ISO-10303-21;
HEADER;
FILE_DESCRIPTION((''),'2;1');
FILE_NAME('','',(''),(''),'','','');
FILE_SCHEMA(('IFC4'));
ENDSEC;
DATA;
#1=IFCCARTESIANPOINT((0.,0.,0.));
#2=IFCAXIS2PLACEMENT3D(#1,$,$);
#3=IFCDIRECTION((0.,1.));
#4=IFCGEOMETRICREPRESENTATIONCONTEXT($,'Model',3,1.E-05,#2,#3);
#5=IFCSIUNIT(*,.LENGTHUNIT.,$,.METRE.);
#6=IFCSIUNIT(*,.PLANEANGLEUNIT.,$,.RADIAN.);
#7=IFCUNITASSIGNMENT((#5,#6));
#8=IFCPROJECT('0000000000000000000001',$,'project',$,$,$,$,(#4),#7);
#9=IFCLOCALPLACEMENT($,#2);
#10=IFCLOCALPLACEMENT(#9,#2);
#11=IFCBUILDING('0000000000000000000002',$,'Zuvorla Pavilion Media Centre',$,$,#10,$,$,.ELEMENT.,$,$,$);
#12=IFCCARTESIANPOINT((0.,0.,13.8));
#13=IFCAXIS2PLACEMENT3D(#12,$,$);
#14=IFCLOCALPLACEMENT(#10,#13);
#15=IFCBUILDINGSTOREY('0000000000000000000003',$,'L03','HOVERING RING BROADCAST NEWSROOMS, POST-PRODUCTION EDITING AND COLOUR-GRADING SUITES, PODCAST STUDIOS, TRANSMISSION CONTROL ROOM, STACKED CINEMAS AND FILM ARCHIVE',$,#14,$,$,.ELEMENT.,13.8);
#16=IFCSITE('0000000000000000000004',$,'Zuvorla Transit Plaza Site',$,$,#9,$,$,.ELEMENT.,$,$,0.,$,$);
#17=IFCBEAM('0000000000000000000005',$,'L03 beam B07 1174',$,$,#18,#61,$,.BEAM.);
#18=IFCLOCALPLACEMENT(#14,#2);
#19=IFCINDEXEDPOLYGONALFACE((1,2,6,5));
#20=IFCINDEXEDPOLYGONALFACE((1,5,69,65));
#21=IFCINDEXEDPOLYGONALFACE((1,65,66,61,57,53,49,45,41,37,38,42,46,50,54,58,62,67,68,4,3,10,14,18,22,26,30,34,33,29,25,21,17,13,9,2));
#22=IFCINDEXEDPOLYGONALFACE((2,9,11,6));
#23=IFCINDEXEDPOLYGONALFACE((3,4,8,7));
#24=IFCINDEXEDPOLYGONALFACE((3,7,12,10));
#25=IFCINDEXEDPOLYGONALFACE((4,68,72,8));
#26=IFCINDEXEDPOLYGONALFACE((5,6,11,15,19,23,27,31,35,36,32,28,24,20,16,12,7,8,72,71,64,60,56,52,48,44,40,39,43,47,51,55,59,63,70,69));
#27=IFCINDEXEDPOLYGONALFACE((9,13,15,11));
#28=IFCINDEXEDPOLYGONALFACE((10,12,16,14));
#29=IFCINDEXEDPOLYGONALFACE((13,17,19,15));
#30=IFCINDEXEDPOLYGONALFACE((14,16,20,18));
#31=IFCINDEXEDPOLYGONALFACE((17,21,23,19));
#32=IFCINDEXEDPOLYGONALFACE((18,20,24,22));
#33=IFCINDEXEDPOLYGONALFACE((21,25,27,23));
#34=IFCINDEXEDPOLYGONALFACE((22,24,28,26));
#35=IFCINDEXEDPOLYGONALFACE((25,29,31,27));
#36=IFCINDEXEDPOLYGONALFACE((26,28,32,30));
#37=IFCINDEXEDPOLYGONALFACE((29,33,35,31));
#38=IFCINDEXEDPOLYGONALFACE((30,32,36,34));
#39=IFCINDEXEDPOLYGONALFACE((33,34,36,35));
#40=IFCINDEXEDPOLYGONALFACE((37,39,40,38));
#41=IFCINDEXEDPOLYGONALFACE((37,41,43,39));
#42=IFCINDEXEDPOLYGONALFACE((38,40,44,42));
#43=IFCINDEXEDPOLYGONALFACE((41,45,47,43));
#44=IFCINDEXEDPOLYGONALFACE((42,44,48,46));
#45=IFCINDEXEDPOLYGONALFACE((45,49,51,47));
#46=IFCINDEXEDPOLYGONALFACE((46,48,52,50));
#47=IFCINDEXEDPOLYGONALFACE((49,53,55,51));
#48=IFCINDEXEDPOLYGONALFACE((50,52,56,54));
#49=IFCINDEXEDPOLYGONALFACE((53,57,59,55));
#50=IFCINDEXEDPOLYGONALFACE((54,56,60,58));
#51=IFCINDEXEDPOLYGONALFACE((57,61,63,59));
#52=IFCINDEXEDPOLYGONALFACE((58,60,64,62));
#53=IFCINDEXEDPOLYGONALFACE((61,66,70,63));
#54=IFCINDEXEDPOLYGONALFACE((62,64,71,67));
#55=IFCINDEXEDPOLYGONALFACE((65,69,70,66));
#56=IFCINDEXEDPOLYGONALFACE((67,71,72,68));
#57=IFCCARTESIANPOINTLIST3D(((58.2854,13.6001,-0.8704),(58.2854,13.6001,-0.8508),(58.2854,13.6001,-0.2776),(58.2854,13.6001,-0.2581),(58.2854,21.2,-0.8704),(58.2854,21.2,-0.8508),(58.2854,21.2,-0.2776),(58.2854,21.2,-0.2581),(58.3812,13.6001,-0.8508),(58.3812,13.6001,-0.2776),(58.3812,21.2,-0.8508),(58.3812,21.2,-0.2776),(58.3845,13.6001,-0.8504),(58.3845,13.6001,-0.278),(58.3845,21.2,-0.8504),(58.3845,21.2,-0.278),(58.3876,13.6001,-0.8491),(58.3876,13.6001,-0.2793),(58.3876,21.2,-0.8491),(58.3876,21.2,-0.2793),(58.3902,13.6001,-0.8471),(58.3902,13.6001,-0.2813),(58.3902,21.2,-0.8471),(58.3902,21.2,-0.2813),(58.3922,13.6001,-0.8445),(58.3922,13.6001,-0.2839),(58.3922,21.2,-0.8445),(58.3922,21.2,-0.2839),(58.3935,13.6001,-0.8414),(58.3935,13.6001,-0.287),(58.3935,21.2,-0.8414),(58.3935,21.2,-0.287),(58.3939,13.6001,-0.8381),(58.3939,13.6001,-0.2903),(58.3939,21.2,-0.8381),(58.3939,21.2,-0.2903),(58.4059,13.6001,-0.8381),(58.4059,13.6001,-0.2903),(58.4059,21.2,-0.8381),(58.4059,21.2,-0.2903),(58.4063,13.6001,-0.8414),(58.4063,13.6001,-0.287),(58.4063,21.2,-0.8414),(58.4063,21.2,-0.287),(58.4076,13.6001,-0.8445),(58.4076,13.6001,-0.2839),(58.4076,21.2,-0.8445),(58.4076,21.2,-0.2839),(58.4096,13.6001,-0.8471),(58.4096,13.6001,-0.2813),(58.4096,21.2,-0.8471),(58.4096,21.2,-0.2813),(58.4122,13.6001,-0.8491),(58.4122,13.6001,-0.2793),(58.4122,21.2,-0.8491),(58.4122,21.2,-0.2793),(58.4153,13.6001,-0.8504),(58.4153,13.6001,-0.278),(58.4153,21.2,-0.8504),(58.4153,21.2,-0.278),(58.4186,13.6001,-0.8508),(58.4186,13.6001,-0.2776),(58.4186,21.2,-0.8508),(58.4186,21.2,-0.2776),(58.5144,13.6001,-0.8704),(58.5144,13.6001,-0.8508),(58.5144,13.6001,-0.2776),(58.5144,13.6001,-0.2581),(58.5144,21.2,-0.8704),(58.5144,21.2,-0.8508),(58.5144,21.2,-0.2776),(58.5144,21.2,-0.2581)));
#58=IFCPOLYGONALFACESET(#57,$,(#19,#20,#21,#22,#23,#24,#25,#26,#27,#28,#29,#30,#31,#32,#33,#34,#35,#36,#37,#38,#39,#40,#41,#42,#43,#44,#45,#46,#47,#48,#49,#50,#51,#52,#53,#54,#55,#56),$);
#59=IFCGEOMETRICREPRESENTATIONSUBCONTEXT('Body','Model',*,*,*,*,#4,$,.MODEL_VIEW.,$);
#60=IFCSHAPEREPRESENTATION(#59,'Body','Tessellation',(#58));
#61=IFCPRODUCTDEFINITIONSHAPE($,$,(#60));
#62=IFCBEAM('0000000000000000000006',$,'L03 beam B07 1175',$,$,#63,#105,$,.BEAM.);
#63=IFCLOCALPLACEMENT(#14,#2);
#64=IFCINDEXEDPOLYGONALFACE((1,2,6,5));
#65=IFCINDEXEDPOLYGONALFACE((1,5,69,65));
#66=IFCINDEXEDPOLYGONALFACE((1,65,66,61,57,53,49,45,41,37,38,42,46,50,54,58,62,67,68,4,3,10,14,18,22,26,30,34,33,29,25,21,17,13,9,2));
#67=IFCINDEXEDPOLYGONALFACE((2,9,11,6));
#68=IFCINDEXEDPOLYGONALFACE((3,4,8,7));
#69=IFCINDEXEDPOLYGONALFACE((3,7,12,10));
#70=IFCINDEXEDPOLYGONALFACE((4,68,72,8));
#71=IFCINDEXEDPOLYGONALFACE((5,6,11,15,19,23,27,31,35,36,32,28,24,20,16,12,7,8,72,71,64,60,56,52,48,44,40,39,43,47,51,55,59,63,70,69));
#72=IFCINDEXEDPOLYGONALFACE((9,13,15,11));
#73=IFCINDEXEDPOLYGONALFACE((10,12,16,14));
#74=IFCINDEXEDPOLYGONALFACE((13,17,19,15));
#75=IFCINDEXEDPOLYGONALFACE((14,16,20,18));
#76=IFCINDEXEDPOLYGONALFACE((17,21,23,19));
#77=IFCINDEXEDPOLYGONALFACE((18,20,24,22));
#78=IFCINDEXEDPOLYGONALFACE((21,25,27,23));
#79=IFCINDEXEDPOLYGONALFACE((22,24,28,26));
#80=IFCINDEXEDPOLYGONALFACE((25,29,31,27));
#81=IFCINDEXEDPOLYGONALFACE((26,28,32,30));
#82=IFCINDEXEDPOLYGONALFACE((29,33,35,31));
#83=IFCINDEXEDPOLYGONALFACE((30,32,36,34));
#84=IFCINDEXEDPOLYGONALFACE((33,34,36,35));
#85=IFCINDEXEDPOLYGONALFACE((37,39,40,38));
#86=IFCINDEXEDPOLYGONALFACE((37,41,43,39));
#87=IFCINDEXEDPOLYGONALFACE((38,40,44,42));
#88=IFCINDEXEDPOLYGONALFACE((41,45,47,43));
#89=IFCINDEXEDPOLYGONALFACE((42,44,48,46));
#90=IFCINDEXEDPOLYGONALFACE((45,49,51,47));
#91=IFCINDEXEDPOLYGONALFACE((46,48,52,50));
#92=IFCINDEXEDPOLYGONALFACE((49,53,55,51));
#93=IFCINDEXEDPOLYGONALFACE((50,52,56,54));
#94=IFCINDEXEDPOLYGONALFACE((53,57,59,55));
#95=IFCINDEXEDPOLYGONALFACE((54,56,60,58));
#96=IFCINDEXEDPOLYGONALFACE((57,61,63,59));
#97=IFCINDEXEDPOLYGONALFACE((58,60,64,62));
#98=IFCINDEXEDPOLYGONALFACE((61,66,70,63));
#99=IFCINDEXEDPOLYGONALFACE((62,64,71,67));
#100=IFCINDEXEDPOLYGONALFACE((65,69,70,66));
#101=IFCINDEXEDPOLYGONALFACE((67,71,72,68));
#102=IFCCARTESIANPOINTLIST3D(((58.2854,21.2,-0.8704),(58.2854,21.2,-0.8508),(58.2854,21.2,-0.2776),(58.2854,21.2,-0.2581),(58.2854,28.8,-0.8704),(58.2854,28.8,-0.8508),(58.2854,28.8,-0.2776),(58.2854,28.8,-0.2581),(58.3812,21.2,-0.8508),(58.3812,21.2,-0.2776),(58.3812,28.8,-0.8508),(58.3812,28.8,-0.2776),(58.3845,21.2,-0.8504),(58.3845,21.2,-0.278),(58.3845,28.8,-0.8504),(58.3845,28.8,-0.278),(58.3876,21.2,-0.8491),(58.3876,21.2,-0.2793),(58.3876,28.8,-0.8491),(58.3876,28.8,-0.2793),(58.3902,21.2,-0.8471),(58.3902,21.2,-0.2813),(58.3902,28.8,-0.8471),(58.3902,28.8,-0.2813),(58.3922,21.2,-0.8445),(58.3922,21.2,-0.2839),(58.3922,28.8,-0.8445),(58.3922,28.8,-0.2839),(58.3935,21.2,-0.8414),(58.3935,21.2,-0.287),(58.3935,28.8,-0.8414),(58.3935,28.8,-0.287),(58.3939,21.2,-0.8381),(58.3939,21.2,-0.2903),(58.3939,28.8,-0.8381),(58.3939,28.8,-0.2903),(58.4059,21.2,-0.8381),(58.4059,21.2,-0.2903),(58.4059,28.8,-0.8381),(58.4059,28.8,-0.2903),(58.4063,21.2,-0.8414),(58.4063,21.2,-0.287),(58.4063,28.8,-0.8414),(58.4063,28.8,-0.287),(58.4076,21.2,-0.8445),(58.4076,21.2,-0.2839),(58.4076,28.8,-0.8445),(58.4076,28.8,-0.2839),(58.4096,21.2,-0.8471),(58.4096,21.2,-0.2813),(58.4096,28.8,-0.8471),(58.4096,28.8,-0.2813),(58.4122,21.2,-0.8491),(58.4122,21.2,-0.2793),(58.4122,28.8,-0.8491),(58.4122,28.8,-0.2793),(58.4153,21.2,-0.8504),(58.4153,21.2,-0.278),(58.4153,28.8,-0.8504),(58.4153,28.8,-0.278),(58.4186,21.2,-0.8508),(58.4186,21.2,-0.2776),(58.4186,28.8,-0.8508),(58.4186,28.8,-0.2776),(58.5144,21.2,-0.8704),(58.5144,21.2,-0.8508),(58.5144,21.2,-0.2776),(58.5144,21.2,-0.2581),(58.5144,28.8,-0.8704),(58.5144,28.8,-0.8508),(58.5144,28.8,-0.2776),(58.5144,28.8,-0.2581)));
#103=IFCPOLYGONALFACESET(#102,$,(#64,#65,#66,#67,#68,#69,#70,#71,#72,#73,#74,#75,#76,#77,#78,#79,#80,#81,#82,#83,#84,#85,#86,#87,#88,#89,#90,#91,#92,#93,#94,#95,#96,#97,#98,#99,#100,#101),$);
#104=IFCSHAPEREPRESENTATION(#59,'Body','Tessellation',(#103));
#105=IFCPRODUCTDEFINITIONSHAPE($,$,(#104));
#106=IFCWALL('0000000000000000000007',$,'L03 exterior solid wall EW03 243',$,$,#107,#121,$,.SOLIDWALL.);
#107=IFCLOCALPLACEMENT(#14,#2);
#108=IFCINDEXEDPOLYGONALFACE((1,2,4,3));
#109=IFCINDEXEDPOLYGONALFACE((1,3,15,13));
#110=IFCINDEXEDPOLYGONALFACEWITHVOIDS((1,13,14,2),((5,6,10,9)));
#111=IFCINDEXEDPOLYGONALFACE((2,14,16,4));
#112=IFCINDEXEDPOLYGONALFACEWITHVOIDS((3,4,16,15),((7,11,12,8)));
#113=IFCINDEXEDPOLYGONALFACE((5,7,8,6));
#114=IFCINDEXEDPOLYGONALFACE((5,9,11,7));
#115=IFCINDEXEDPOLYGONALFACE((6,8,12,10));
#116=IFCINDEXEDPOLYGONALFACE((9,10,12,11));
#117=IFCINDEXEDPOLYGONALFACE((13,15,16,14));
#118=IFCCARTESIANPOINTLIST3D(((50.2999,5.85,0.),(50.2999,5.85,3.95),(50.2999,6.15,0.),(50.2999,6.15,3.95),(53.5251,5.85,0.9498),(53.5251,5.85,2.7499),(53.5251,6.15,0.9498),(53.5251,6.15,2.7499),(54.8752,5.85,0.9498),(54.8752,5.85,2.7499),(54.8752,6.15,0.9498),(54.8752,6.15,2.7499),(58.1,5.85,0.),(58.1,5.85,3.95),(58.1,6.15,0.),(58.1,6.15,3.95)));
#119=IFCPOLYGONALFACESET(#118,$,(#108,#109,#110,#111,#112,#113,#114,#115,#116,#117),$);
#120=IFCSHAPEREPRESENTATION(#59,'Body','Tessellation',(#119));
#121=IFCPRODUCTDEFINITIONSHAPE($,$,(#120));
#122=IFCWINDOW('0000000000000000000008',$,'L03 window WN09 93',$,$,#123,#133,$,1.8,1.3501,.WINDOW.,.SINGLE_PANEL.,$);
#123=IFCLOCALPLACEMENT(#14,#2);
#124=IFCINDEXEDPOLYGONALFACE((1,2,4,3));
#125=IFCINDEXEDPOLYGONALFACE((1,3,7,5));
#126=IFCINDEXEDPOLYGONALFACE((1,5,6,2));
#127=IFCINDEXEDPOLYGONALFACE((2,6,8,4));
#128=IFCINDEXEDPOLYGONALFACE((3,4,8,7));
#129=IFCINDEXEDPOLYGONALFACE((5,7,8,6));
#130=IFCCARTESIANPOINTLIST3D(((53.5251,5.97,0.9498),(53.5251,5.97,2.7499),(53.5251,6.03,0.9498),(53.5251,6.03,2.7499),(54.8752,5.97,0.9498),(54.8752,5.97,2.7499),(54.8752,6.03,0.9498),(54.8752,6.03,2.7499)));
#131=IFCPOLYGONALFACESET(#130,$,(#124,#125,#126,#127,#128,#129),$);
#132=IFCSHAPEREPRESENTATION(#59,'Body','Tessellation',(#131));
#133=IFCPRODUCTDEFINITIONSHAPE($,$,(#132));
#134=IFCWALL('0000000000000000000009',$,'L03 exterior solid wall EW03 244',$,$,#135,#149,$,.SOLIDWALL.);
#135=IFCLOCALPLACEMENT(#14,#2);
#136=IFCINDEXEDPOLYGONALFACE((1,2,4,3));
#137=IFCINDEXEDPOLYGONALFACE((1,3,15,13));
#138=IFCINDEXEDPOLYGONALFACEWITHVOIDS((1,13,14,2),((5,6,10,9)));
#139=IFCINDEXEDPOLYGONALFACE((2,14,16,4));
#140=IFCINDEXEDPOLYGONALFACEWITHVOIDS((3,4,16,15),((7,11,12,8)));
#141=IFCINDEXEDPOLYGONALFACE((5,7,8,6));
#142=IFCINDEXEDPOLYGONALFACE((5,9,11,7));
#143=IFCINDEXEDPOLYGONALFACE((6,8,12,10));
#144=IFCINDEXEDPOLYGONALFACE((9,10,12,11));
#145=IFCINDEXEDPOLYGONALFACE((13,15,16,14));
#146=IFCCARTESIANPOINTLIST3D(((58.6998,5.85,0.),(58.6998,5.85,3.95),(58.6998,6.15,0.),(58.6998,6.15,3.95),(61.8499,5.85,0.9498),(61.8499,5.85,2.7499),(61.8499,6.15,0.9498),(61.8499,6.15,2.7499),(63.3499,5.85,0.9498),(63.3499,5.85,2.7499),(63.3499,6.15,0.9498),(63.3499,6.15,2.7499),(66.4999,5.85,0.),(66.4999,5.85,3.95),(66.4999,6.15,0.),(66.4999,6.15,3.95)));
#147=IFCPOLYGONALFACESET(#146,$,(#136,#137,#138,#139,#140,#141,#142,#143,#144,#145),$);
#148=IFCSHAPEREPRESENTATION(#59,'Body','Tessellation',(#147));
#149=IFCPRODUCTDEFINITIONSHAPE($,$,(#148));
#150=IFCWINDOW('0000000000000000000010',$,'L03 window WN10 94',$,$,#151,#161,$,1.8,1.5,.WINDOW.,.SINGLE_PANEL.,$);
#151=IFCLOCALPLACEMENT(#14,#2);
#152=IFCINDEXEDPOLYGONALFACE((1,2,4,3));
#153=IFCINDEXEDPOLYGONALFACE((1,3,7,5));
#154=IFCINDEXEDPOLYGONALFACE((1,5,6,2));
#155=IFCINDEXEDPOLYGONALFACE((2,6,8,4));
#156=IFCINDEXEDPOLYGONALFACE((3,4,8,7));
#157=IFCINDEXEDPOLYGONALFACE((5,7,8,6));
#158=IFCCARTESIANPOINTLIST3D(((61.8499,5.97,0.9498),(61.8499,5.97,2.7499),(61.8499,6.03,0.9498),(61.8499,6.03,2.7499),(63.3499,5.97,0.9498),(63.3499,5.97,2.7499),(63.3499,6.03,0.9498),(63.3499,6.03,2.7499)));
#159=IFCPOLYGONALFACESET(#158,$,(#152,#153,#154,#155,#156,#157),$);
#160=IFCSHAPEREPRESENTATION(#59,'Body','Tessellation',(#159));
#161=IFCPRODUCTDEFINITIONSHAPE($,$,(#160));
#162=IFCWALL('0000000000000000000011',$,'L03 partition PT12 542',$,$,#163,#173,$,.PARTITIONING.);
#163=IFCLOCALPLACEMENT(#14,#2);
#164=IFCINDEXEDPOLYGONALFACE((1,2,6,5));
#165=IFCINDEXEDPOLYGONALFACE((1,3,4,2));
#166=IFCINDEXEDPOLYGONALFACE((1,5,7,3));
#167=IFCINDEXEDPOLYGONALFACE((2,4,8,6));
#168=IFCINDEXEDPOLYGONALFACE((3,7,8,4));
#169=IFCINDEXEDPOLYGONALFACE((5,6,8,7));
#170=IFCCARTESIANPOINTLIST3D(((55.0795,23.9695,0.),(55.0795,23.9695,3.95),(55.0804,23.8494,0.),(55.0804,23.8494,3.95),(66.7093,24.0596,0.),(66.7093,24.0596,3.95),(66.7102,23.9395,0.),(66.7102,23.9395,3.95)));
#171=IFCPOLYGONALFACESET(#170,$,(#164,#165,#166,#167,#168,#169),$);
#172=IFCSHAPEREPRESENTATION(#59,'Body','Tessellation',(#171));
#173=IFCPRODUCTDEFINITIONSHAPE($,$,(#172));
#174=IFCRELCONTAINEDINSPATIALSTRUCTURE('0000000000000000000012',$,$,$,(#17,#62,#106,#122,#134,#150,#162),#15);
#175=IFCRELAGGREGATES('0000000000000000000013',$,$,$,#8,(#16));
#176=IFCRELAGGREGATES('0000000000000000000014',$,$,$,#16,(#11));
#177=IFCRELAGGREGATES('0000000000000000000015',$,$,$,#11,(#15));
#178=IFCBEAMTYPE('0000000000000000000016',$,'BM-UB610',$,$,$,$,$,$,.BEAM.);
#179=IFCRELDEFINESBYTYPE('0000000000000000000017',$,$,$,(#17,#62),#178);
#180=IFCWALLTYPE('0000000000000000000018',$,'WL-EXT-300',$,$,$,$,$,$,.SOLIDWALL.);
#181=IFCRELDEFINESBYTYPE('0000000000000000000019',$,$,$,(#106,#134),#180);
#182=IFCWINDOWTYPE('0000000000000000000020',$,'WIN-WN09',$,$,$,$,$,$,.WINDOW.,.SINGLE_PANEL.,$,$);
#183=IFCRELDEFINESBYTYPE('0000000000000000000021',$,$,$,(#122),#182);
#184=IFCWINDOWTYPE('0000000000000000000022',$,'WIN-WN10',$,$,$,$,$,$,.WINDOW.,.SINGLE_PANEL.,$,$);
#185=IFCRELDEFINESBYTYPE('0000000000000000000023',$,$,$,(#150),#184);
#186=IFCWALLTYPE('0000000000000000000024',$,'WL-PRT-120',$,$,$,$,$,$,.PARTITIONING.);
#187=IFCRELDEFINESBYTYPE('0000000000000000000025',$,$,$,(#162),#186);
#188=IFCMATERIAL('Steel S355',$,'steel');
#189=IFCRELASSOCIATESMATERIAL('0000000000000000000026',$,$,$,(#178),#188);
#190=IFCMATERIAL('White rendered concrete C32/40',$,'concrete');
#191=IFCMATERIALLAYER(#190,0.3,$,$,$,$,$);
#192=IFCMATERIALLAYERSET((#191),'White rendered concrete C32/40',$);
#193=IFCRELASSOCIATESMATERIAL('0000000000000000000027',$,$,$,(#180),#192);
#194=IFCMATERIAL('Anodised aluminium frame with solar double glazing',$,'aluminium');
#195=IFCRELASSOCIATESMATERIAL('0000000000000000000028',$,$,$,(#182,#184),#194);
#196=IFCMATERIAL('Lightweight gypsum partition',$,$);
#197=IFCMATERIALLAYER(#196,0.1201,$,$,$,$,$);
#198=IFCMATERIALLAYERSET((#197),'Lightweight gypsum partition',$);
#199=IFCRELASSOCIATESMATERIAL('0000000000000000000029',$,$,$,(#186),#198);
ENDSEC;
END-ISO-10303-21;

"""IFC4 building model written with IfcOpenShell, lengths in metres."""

from ifc_helpers import new_model, si_unit, direction, frame, frame_2d, origin, origin_2d, place, context, subcontext, project, spatial, rectangle, i_section, extrude, material, layer, layer_set, material_profile, profile_set, type_object, element, fill, save


model = new_model("IFC4")

# Units and contexts
model_context = context("Model", 3, precision=1e-05, world=origin(), true_north=direction((0.0, 1.0)))
body_context = subcontext(model_context, "Body", "Model", "MODEL_VIEW")
ifc_project = project(units=[si_unit("LENGTHUNIT", "METRE"), si_unit("PLANEANGLEUNIT", "RADIAN")], contexts=[model_context])

# Site, building, storey
site_placement = place(None, origin())
site = spatial("IfcSite", under=ifc_project, at=site_placement, Name="Zuvorla Transit Plaza Site", CompositionType="ELEMENT", RefElevation=0.0)
building_placement = place(site_placement, origin())
building = spatial("IfcBuilding", under=site, at=building_placement, Name="Zuvorla Pavilion Media Centre", CompositionType="ELEMENT")
storey_placement = place(building_placement, frame((0.0, 0.0, 13.8)))
storey = spatial("IfcBuildingStorey", under=building, at=storey_placement, Name="L03", Description="HOVERING RING BROADCAST NEWSROOMS, POST-PRODUCTION EDITING AND COLOUR-GRADING SUITES, PODCAST STUDIOS, TRANSMISSION CONTROL ROOM, STACKED CINEMAS AND FILM ARCHIVE", CompositionType="ELEMENT", Elevation=13.8)

# Beams
ifc_material_1 = material(Name="Steel S355", Category="steel")
ifc_material_profile_1 = material_profile(ifc_material_1, i_section(OverallWidth=0.229, OverallDepth=0.6123, WebThickness=0.012, FlangeThickness=0.0195, FilletRadius=0.0127, at=origin_2d()), Name="UB 610x229x125")
ifc_profile_set_1 = profile_set([ifc_material_profile_1], Name="Steel S355")
beam_type_1 = type_object("IfcBeamType", Name="BM-UB610", PredefinedType="BEAM", material=ifc_profile_set_1)
beam_1_placement = place(storey_placement, frame((58.3999, 13.6001, -0.5642), z_axis=(0.0, 1.0, 0.0), x_axis=(-1.0, 0.0, 0.0)))
element("IfcBeam", 1, at=beam_1_placement, inside=storey, type_object=beam_type_1, Name="L03 beam B07 1174", PredefinedType="BEAM", context=body_context, shape_type="SweptSolid", body=[
    extrude(i_section(OverallWidth=0.229, OverallDepth=0.6123, WebThickness=0.012, FlangeThickness=0.0195, FilletRadius=0.0127, at=origin_2d()), origin(), (0.0, 0.0, 1.0), 7.5999),
])
beam_2_placement = place(storey_placement, frame((58.3999, 21.2, -0.5642), z_axis=(0.0, 1.0, 0.0), x_axis=(-1.0, 0.0, 0.0)))
element("IfcBeam", 2, at=beam_2_placement, inside=storey, type_object=beam_type_1, Name="L03 beam B07 1175", PredefinedType="BEAM", context=body_context, shape_type="SweptSolid", body=[
    extrude(i_section(OverallWidth=0.229, OverallDepth=0.6123, WebThickness=0.012, FlangeThickness=0.0195, FilletRadius=0.0127, at=origin_2d()), origin(), (0.0, 0.0, 1.0), 7.6001),
])

# Walls, openings, windows
ifc_material_2 = material(Name="White rendered concrete C32/40", Category="concrete")
ifc_layer_1 = layer(ifc_material_2, 0.3)
ifc_layer_set_1 = layer_set([ifc_layer_1], Name="White rendered concrete C32/40")
wall_type_1 = type_object("IfcWallType", Name="WL-EXT-300", PredefinedType="SOLIDWALL", material=ifc_layer_set_1)
wall_1_placement = place(storey_placement, frame((50.3, 6.0, 0.0), z_axis=(0.0, 0.0, 1.0), x_axis=(1.0, 0.0, 0.0)))
wall_1 = element("IfcWall", 3, at=wall_1_placement, inside=storey, type_object=wall_type_1, Name="L03 exterior solid wall EW03 243", PredefinedType="SOLIDWALL", context=body_context, shape_type="SweptSolid", body=[
    extrude(rectangle(XDim=7.8, YDim=0.3, at=frame_2d((3.8999, 0.0))), origin(), (0.0, 0.0, 1.0), 3.95),
])
opening_1_placement = place(wall_1_placement, frame((3.2251, 0.0, 0.95)))
opening_1 = element("IfcOpeningElement", 4, at=opening_1_placement, cuts=wall_1, PredefinedType="OPENING", context=body_context, shape_type="SweptSolid", body=[
    extrude(rectangle(XDim=1.3501, YDim=1.8, at=frame_2d((0.675, 0.8999))), frame((0.0, 0.1599, 0.0), z_axis=(0.0, -1.0, 0.0), x_axis=(1.0, 0.0, 0.0)), (0.0, 0.0, 1.0), 0.3201),
])
ifc_material_3 = material(Name="Anodised aluminium frame with solar double glazing", Category="aluminium")
window_type_1 = type_object("IfcWindowType", Name="WIN-WN09", PartitioningType="SINGLE_PANEL", PredefinedType="WINDOW", material=ifc_material_3)
window_1_placement = place(opening_1_placement, origin())
window_1 = element("IfcWindow", 5, at=window_1_placement, inside=storey, type_object=window_type_1, Name="L03 window WN09 93", OverallHeight=1.8, OverallWidth=1.3501, PartitioningType="SINGLE_PANEL", PredefinedType="WINDOW", context=body_context, shape_type="SweptSolid", body=[
    extrude(rectangle(XDim=1.3501, YDim=1.8, at=frame_2d((0.675, 0.8999))), frame((0.0, 0.03, 0.0), z_axis=(0.0, -1.0, 0.0), x_axis=(1.0, 0.0, 0.0)), (0.0, 0.0, 1.0), 0.0601),
])
fill(opening_1, window_1)
wall_2_placement = place(storey_placement, frame((58.7, 6.0, 0.0), z_axis=(0.0, 0.0, 1.0), x_axis=(1.0, 0.0, 0.0)))
wall_2 = element("IfcWall", 6, at=wall_2_placement, inside=storey, type_object=wall_type_1, Name="L03 exterior solid wall EW03 244", PredefinedType="SOLIDWALL", context=body_context, shape_type="SweptSolid", body=[
    extrude(rectangle(XDim=7.8, YDim=0.3, at=frame_2d((3.8999, 0.0))), origin(), (0.0, 0.0, 1.0), 3.95),
])
opening_2_placement = place(wall_2_placement, frame((3.1499, 0.0, 0.95)))
opening_2 = element("IfcOpeningElement", 7, at=opening_2_placement, cuts=wall_2, PredefinedType="OPENING", context=body_context, shape_type="SweptSolid", body=[
    extrude(rectangle(XDim=1.5, YDim=1.8, at=frame_2d((0.75, 0.8999))), frame((0.0, 0.1599, 0.0), z_axis=(0.0, -1.0, 0.0), x_axis=(1.0, 0.0, 0.0)), (0.0, 0.0, 1.0), 0.3201),
])
window_type_2 = type_object("IfcWindowType", Name="WIN-WN10", PartitioningType="SINGLE_PANEL", PredefinedType="WINDOW", material=ifc_material_3)
window_2_placement = place(opening_2_placement, origin())
window_2 = element("IfcWindow", 8, at=window_2_placement, inside=storey, type_object=window_type_2, Name="L03 window WN10 94", OverallHeight=1.8, OverallWidth=1.5, PartitioningType="SINGLE_PANEL", PredefinedType="WINDOW", context=body_context, shape_type="SweptSolid", body=[
    extrude(rectangle(XDim=1.5, YDim=1.8, at=frame_2d((0.75, 0.8999))), frame((0.0, 0.03, 0.0), z_axis=(0.0, -1.0, 0.0), x_axis=(1.0, 0.0, 0.0)), (0.0, 0.0, 1.0), 0.0601),
])
fill(opening_2, window_2)

# Wall
ifc_material_4 = material(Name="Lightweight gypsum partition")
ifc_layer_2 = layer(ifc_material_4, 0.1201)
ifc_layer_set_2 = layer_set([ifc_layer_2], Name="Lightweight gypsum partition")
wall_type_2 = type_object("IfcWallType", Name="WL-PRT-120", PredefinedType="PARTITIONING", material=ifc_layer_set_2)
wall_3_placement = place(storey_placement, frame((55.0801, 23.9094, 0.0), z_axis=(0.0, 0.0, 1.0), x_axis=(0.99997, 0.007746, 0.0)))
element("IfcWall", 9, at=wall_3_placement, inside=storey, type_object=wall_type_2, Name="L03 partition PT12 542", PredefinedType="PARTITIONING", context=body_context, shape_type="SweptSolid", body=[
    extrude(rectangle(XDim=11.6301, YDim=0.1201, at=frame_2d((5.8149, 0.0))), origin(), (0.0, 0.0, 1.0), 3.95),
])

save(model, "model.ifc")
